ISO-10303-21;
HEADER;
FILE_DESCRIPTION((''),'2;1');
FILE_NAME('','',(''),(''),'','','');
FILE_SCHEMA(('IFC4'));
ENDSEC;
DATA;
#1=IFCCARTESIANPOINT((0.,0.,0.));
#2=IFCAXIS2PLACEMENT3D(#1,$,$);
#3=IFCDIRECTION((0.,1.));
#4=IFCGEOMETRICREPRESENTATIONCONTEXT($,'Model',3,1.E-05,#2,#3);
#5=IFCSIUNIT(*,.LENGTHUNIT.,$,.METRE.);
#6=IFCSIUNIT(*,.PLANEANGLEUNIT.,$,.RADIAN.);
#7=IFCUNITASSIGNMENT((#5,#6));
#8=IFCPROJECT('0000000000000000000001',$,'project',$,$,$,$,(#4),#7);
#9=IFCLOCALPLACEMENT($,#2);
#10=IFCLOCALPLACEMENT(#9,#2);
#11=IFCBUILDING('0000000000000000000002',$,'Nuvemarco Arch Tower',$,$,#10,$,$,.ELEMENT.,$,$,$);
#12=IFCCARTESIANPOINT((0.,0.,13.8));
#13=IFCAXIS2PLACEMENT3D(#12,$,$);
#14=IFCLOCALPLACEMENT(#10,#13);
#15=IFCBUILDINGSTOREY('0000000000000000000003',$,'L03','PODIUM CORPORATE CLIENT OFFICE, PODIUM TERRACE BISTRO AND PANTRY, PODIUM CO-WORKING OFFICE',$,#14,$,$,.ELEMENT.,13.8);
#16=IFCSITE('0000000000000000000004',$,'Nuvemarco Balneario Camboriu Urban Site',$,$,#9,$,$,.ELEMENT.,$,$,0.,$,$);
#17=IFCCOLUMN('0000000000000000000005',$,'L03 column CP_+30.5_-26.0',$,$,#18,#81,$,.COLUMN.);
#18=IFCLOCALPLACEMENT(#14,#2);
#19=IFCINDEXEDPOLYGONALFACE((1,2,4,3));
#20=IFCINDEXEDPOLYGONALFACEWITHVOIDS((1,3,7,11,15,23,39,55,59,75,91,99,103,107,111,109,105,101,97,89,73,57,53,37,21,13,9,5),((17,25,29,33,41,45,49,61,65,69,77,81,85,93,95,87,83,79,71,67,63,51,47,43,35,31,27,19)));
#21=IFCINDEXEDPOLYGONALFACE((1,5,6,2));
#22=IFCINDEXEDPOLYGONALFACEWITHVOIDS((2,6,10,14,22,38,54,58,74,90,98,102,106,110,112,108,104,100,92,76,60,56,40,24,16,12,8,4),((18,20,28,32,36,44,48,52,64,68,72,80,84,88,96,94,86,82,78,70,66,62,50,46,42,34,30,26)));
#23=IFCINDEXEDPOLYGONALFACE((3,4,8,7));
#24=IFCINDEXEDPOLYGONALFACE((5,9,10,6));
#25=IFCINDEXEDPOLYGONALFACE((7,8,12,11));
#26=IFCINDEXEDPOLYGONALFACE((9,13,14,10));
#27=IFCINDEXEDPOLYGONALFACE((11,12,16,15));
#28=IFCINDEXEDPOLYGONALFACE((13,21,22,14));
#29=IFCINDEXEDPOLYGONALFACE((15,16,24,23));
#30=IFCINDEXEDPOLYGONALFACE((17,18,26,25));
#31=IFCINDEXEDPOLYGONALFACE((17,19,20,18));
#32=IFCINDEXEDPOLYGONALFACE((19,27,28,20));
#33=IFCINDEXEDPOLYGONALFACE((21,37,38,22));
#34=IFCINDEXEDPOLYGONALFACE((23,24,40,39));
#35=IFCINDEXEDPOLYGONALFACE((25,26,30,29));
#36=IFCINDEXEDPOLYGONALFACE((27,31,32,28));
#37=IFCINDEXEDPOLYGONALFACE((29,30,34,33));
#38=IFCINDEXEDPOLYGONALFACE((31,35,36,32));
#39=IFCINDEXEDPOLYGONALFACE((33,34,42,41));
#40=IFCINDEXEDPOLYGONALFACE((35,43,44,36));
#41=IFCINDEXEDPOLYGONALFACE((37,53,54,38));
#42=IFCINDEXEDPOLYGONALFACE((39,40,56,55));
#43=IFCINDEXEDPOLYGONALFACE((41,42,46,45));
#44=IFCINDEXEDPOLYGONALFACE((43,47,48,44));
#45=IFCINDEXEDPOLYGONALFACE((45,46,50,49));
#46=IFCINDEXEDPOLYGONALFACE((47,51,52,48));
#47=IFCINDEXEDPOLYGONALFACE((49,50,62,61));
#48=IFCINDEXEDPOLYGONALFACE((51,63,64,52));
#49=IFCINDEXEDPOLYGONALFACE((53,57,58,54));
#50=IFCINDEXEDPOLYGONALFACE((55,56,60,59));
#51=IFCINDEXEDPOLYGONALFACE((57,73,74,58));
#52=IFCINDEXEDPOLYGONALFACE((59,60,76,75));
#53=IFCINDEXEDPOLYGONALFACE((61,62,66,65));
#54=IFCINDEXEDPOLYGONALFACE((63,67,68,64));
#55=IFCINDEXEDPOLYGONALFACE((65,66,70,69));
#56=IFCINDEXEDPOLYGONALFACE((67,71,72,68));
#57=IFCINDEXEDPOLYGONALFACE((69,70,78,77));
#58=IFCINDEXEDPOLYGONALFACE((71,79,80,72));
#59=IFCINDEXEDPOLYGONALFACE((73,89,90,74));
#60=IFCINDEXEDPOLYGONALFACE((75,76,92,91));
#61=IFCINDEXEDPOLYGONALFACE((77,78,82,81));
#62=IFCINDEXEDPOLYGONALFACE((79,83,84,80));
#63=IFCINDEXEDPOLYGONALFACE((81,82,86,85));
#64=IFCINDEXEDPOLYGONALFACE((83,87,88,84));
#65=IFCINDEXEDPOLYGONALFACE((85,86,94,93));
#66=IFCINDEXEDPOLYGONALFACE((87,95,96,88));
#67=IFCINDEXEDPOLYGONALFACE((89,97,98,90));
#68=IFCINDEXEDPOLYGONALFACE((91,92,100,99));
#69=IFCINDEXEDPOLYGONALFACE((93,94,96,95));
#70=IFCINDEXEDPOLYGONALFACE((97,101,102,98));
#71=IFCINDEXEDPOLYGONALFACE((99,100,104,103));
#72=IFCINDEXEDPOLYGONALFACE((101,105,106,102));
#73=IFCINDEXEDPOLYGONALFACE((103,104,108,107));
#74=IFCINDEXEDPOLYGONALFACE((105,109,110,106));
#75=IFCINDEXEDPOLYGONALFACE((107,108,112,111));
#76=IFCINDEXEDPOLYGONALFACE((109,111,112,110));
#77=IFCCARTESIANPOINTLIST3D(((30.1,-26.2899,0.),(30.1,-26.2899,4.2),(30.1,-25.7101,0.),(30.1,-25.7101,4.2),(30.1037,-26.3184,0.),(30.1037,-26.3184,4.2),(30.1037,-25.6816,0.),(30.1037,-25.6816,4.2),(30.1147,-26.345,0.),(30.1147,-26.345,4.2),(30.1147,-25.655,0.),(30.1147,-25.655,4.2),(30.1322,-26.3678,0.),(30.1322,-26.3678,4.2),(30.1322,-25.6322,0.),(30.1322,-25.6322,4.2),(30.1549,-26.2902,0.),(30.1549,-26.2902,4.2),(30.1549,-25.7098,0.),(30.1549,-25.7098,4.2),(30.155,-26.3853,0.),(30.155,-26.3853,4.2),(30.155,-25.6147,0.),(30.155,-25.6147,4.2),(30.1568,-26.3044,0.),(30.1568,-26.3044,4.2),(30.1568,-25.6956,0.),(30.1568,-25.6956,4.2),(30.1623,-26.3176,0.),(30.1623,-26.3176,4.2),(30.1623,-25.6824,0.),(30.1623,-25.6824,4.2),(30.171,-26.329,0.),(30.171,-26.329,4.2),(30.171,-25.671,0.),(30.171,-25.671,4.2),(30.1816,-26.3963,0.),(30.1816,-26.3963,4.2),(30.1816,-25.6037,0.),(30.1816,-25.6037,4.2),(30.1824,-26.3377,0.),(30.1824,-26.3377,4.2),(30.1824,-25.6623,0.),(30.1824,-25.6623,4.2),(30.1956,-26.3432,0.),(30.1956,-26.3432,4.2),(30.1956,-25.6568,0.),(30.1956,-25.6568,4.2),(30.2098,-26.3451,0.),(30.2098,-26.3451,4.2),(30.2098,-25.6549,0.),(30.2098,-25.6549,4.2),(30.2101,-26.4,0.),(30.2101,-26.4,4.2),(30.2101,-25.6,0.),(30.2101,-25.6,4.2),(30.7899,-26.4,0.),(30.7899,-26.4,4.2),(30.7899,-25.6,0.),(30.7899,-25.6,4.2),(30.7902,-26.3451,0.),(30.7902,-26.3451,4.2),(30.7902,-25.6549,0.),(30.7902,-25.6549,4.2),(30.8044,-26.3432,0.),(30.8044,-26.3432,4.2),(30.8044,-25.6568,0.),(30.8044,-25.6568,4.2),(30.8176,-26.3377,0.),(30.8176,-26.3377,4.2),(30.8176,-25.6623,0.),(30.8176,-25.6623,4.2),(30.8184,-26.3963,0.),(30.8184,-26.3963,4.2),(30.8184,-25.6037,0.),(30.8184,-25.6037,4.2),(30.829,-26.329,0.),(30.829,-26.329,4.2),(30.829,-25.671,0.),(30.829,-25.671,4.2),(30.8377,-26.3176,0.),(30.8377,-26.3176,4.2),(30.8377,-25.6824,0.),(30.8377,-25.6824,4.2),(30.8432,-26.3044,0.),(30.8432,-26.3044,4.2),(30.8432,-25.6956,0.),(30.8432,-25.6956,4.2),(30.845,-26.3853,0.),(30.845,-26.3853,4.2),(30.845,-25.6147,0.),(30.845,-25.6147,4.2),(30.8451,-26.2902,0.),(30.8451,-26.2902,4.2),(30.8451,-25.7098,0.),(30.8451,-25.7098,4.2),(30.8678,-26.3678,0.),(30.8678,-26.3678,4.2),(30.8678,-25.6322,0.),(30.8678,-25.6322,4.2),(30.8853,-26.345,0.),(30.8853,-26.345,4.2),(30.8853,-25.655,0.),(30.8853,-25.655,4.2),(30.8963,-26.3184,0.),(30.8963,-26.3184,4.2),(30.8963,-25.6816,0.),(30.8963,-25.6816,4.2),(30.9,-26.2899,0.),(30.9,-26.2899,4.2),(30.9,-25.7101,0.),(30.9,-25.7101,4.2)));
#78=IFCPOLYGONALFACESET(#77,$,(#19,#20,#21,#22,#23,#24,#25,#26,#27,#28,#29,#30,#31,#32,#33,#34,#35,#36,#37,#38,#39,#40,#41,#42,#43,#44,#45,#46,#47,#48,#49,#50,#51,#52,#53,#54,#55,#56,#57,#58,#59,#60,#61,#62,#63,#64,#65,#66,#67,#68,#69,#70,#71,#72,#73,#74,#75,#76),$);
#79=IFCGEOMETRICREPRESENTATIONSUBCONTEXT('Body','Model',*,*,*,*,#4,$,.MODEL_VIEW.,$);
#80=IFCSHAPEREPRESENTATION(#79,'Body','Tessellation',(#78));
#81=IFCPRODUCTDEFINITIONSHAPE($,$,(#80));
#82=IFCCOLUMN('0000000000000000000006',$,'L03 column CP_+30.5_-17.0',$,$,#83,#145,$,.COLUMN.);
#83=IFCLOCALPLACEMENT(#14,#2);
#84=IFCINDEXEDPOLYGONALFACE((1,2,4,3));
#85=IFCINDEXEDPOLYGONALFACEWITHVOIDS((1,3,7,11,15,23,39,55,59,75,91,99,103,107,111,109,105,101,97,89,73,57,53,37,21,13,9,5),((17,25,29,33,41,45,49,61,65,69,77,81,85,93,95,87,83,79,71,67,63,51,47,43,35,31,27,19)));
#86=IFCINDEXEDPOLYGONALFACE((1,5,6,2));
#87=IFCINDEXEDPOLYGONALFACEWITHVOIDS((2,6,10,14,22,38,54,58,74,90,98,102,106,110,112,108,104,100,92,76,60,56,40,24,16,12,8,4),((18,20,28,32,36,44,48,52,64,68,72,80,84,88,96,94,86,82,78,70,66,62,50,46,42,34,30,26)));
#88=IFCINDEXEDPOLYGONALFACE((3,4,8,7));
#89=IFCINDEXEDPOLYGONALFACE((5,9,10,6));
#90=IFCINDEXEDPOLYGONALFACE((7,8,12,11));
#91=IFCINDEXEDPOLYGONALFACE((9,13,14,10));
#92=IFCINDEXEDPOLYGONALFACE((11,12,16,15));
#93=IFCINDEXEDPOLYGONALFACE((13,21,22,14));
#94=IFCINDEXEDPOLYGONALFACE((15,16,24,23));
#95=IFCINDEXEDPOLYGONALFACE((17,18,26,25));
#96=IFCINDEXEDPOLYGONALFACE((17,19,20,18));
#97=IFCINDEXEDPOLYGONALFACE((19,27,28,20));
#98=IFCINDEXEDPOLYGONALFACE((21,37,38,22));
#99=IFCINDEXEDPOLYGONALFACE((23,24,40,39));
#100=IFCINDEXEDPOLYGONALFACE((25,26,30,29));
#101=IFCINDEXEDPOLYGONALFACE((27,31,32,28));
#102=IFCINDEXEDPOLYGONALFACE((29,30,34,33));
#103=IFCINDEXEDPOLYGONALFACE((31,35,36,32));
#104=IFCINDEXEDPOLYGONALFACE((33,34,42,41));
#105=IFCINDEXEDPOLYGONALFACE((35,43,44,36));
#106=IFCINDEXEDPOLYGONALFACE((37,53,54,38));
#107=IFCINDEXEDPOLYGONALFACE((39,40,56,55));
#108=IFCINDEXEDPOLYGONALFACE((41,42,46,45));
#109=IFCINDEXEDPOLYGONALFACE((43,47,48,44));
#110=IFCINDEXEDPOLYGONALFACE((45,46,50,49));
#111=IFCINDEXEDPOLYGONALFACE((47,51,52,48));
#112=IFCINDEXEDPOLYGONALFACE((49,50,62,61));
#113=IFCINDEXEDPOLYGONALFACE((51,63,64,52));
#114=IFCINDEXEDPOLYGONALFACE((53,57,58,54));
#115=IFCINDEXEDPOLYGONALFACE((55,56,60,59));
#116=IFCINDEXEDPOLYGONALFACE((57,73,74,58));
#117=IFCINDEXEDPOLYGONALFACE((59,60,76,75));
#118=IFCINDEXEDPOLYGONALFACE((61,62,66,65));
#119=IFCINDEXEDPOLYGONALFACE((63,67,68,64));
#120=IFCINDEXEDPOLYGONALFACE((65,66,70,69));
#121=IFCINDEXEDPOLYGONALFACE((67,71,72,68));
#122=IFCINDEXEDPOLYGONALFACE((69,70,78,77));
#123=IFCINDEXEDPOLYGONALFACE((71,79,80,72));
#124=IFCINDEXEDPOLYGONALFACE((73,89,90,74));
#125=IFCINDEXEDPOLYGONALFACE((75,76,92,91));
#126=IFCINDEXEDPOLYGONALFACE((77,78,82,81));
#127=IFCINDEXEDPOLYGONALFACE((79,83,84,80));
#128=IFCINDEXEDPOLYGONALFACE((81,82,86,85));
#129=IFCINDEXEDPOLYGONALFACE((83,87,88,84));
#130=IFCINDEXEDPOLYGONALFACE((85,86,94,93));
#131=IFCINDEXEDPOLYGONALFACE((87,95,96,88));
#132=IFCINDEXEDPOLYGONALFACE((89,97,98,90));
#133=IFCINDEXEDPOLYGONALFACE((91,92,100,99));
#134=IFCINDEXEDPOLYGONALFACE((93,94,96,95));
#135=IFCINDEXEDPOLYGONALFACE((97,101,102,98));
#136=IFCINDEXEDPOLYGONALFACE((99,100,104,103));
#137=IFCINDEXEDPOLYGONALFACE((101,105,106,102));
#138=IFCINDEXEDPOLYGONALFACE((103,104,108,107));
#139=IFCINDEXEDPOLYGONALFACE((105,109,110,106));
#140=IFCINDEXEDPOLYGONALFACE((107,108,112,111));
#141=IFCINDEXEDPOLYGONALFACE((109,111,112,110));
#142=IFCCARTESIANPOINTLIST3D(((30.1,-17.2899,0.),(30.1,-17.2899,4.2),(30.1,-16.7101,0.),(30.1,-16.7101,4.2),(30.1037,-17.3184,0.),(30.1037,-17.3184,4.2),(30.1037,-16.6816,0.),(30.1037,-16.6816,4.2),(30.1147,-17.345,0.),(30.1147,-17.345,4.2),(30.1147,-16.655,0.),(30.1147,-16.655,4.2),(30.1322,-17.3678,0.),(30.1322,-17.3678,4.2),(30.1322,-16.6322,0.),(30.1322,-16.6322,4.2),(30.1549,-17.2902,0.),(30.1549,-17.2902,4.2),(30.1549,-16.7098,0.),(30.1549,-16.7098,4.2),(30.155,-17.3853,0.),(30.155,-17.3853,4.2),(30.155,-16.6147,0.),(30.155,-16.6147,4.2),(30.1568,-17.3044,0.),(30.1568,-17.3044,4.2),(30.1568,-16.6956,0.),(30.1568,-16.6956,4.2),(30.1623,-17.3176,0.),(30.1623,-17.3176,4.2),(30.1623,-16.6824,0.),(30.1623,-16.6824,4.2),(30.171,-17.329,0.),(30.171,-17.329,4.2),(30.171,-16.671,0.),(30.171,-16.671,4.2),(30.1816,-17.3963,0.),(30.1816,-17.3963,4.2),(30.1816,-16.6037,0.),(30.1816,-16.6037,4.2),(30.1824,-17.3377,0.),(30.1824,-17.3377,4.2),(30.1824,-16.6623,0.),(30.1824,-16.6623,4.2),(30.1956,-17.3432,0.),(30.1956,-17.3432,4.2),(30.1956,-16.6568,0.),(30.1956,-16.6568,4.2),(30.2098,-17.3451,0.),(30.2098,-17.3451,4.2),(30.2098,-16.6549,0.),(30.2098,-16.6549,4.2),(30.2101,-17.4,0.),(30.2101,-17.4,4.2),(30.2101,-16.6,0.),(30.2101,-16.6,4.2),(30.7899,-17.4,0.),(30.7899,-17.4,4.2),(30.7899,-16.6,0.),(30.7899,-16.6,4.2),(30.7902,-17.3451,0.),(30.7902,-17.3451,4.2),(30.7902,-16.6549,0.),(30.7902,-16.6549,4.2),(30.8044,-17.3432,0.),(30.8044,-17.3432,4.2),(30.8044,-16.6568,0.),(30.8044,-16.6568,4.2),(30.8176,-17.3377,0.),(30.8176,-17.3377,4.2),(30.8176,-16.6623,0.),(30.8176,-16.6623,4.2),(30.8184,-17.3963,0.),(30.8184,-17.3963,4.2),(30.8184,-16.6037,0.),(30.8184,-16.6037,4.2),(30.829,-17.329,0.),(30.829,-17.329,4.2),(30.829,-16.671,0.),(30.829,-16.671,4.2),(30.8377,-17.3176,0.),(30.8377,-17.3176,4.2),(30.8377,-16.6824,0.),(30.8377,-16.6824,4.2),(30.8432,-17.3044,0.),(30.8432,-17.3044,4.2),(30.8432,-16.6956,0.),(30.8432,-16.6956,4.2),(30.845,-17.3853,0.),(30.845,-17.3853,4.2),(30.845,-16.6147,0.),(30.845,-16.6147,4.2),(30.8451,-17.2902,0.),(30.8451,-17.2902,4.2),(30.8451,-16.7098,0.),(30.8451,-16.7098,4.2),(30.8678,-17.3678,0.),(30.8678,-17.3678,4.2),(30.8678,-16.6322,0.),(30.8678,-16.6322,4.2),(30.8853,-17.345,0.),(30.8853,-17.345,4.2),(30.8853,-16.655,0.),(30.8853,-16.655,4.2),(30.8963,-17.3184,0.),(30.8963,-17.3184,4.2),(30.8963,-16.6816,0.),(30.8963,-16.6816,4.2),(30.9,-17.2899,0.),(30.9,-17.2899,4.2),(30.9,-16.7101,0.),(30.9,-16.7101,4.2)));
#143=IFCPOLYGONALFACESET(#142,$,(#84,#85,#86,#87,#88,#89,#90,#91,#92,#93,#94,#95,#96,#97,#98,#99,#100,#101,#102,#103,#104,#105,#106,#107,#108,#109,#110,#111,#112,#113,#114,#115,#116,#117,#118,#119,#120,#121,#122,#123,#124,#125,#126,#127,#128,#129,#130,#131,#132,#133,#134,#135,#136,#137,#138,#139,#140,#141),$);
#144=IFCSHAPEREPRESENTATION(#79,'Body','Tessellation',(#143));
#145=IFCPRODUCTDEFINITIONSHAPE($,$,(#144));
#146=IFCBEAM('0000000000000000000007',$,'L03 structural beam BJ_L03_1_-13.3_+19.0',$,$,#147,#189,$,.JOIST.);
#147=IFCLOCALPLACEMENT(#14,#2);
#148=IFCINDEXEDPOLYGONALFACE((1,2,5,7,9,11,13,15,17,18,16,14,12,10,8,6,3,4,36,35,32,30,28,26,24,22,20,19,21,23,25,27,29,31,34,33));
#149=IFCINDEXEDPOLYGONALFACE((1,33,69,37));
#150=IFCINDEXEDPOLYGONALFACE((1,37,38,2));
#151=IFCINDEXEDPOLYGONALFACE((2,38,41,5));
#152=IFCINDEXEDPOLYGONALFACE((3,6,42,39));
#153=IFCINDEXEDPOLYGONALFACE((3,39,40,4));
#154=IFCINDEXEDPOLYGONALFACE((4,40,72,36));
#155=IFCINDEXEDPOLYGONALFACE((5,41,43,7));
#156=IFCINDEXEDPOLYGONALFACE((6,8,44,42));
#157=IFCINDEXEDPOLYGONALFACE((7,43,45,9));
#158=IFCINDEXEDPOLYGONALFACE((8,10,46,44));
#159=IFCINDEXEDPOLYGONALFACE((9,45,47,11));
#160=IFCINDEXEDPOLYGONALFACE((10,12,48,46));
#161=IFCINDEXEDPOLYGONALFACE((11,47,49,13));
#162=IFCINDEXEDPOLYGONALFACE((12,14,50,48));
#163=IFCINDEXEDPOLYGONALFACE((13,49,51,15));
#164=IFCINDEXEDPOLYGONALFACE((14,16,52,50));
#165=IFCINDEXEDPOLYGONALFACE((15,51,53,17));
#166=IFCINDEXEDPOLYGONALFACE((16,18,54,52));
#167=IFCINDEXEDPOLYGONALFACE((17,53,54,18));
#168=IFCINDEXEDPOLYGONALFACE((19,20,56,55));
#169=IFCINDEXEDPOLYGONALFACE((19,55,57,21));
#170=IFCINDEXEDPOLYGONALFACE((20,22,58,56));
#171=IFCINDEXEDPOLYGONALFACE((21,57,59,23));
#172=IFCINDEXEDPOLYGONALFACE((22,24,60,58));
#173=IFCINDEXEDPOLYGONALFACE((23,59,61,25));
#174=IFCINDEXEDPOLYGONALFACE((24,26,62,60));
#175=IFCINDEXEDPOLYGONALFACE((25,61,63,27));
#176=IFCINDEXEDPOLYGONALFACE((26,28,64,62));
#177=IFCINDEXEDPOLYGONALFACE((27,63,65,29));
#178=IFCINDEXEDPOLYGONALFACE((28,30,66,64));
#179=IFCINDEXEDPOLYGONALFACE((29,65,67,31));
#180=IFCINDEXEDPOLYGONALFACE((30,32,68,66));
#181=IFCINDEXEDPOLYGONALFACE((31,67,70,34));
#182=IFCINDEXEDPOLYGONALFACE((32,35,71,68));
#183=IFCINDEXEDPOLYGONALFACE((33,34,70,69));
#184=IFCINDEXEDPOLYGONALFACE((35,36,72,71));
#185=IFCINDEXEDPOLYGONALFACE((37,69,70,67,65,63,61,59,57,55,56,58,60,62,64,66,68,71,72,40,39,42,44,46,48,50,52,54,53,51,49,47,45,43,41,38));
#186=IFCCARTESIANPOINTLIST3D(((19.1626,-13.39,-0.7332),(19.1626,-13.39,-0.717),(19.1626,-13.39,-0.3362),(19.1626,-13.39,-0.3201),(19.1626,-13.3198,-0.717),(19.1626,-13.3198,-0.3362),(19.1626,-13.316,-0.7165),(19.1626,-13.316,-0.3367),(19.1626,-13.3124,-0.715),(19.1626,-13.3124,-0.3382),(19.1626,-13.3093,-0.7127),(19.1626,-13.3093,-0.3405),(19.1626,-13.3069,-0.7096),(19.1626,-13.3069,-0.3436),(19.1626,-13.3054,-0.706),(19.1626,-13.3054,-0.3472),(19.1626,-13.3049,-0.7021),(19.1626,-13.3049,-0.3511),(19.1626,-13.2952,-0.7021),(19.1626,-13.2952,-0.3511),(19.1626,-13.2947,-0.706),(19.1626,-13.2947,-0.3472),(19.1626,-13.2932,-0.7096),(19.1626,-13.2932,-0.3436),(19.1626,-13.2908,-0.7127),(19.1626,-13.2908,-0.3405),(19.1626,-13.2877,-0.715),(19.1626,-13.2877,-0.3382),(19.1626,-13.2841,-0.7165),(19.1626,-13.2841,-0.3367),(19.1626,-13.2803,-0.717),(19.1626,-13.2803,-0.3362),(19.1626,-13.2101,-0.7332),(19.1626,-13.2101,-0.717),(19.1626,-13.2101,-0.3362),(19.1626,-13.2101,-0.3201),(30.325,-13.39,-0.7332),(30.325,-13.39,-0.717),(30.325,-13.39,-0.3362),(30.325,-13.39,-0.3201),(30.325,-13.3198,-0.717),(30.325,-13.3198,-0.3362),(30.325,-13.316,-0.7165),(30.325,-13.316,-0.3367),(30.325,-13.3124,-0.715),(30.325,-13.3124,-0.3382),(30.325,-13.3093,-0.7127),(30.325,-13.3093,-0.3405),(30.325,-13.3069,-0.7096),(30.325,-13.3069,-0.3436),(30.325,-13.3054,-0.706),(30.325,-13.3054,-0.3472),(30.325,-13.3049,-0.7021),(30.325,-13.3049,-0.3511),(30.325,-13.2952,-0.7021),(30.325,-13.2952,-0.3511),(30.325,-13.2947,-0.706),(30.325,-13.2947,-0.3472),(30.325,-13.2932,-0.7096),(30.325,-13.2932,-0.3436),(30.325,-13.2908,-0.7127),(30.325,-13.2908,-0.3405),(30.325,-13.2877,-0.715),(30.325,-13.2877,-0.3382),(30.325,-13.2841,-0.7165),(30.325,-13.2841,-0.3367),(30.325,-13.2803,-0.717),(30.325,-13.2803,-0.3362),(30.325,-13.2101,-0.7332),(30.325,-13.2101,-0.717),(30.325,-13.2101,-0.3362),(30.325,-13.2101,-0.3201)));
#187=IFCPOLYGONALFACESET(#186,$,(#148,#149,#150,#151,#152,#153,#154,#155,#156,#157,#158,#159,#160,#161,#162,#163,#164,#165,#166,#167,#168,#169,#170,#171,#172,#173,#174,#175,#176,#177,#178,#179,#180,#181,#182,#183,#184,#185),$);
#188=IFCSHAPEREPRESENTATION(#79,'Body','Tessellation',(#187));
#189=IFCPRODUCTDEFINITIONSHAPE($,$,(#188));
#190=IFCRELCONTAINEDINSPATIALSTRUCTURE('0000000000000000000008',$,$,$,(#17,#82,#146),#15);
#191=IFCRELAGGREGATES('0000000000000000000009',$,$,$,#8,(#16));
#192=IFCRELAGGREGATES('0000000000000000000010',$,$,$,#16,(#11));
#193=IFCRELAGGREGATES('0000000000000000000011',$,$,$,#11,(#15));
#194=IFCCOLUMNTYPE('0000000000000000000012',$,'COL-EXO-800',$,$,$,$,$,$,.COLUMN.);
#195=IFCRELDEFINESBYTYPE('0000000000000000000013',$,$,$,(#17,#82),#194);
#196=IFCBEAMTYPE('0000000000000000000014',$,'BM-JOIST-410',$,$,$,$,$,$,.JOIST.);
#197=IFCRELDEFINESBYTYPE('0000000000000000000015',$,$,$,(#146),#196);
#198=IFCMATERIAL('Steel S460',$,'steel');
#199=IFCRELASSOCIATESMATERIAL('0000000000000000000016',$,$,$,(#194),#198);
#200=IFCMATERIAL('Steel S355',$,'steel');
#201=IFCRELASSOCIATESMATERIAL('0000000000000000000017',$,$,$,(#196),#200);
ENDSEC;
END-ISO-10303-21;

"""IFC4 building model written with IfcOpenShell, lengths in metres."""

from ifc_helpers import new_model, si_unit, direction, frame, origin, origin_2d, place, context, subcontext, project, spatial, hollow_rectangle, i_section, extrude, material, material_profile, profile_set, type_object, element, save


model = new_model("IFC4")

# Units and contexts
model_context = context("Model", 3, precision=1e-05, world=origin(), true_north=direction((0.0, 1.0)))
body_context = subcontext(model_context, "Body", "Model", "MODEL_VIEW")
ifc_project = project(units=[si_unit("LENGTHUNIT", "METRE"), si_unit("PLANEANGLEUNIT", "RADIAN")], contexts=[model_context])

# Site, building, storey
site_placement = place(None, origin())
site = spatial("IfcSite", under=ifc_project, at=site_placement, Name="Nuvemarco Balneario Camboriu Urban Site", CompositionType="ELEMENT", RefElevation=0.0)
building_placement = place(site_placement, origin())
building = spatial("IfcBuilding", under=site, at=building_placement, Name="Nuvemarco Arch Tower", CompositionType="ELEMENT")
storey_placement = place(building_placement, frame((0.0, 0.0, 13.8)))
storey = spatial("IfcBuildingStorey", under=building, at=storey_placement, Name="L03", Description="PODIUM CORPORATE CLIENT OFFICE, PODIUM TERRACE BISTRO AND PANTRY, PODIUM CO-WORKING OFFICE", CompositionType="ELEMENT", Elevation=13.8)

# Columns
ifc_material_1 = material(Name="Steel S460", Category="steel")
ifc_material_profile_1 = material_profile(ifc_material_1, hollow_rectangle(XDim=0.8, YDim=0.8, WallThickness=0.0549, InnerFilletRadius=0.0549, OuterFilletRadius=0.1101, at=origin_2d()), Name="SHS800x800x55")
ifc_profile_set_1 = profile_set([ifc_material_profile_1], Name="Steel S460")
column_type = type_object("IfcColumnType", Name="COL-EXO-800", PredefinedType="COLUMN", material=ifc_profile_set_1)
for number, where, z_axis, x_axis, name in (
    (1, (30.5, -26.0, 0.0), (0.0, 0.0, 1.0), (1.0, 0.0, 0.0), "L03 column CP_+30.5_-26.0"),
    (2, (30.5, -17.0, 0.0), (0.0, 0.0, 1.0), (1.0, 0.0, 0.0), "L03 column CP_+30.5_-17.0"),
):
    element("IfcColumn", number, at=place(storey_placement, frame(where, z_axis=z_axis, x_axis=x_axis)), inside=storey, type_object=column_type, Name=name, PredefinedType="COLUMN", context=body_context, shape_type="SweptSolid", body=[
        extrude(hollow_rectangle(XDim=0.8, YDim=0.8, WallThickness=0.0549, InnerFilletRadius=0.0549, OuterFilletRadius=0.1101, at=origin_2d()), origin(), (0.0, 0.0, 1.0), 4.2),
    ])

# Beam
ifc_material_2 = material(Name="Steel S355", Category="steel")
ifc_material_profile_2 = material_profile(ifc_material_2, i_section(OverallWidth=0.1799, OverallDepth=0.4131, WebThickness=0.0098, FlangeThickness=0.0161, FilletRadius=0.0149, at=origin_2d()), Name="W410x75")
ifc_profile_set_2 = profile_set([ifc_material_profile_2], Name="Steel S355")
beam_type_1 = type_object("IfcBeamType", Name="BM-JOIST-410", PredefinedType="JOIST", material=ifc_profile_set_2)
beam_1_placement = place(storey_placement, frame((19.1626, -13.3, -0.5266), z_axis=(1.0, 0.0, 0.0), x_axis=(0.0, 1.0, 0.0)))
element("IfcBeam", 3, at=beam_1_placement, inside=storey, type_object=beam_type_1, Name="L03 structural beam BJ_L03_1_-13.3_+19.0", PredefinedType="JOIST", context=body_context, shape_type="SweptSolid", body=[
    extrude(i_section(OverallWidth=0.1799, OverallDepth=0.4131, WebThickness=0.0098, FlangeThickness=0.0161, FilletRadius=0.0149, at=origin_2d()), origin(), (0.0, 0.0, 1.0), 11.1624),
])

save(model, "model.ifc")
